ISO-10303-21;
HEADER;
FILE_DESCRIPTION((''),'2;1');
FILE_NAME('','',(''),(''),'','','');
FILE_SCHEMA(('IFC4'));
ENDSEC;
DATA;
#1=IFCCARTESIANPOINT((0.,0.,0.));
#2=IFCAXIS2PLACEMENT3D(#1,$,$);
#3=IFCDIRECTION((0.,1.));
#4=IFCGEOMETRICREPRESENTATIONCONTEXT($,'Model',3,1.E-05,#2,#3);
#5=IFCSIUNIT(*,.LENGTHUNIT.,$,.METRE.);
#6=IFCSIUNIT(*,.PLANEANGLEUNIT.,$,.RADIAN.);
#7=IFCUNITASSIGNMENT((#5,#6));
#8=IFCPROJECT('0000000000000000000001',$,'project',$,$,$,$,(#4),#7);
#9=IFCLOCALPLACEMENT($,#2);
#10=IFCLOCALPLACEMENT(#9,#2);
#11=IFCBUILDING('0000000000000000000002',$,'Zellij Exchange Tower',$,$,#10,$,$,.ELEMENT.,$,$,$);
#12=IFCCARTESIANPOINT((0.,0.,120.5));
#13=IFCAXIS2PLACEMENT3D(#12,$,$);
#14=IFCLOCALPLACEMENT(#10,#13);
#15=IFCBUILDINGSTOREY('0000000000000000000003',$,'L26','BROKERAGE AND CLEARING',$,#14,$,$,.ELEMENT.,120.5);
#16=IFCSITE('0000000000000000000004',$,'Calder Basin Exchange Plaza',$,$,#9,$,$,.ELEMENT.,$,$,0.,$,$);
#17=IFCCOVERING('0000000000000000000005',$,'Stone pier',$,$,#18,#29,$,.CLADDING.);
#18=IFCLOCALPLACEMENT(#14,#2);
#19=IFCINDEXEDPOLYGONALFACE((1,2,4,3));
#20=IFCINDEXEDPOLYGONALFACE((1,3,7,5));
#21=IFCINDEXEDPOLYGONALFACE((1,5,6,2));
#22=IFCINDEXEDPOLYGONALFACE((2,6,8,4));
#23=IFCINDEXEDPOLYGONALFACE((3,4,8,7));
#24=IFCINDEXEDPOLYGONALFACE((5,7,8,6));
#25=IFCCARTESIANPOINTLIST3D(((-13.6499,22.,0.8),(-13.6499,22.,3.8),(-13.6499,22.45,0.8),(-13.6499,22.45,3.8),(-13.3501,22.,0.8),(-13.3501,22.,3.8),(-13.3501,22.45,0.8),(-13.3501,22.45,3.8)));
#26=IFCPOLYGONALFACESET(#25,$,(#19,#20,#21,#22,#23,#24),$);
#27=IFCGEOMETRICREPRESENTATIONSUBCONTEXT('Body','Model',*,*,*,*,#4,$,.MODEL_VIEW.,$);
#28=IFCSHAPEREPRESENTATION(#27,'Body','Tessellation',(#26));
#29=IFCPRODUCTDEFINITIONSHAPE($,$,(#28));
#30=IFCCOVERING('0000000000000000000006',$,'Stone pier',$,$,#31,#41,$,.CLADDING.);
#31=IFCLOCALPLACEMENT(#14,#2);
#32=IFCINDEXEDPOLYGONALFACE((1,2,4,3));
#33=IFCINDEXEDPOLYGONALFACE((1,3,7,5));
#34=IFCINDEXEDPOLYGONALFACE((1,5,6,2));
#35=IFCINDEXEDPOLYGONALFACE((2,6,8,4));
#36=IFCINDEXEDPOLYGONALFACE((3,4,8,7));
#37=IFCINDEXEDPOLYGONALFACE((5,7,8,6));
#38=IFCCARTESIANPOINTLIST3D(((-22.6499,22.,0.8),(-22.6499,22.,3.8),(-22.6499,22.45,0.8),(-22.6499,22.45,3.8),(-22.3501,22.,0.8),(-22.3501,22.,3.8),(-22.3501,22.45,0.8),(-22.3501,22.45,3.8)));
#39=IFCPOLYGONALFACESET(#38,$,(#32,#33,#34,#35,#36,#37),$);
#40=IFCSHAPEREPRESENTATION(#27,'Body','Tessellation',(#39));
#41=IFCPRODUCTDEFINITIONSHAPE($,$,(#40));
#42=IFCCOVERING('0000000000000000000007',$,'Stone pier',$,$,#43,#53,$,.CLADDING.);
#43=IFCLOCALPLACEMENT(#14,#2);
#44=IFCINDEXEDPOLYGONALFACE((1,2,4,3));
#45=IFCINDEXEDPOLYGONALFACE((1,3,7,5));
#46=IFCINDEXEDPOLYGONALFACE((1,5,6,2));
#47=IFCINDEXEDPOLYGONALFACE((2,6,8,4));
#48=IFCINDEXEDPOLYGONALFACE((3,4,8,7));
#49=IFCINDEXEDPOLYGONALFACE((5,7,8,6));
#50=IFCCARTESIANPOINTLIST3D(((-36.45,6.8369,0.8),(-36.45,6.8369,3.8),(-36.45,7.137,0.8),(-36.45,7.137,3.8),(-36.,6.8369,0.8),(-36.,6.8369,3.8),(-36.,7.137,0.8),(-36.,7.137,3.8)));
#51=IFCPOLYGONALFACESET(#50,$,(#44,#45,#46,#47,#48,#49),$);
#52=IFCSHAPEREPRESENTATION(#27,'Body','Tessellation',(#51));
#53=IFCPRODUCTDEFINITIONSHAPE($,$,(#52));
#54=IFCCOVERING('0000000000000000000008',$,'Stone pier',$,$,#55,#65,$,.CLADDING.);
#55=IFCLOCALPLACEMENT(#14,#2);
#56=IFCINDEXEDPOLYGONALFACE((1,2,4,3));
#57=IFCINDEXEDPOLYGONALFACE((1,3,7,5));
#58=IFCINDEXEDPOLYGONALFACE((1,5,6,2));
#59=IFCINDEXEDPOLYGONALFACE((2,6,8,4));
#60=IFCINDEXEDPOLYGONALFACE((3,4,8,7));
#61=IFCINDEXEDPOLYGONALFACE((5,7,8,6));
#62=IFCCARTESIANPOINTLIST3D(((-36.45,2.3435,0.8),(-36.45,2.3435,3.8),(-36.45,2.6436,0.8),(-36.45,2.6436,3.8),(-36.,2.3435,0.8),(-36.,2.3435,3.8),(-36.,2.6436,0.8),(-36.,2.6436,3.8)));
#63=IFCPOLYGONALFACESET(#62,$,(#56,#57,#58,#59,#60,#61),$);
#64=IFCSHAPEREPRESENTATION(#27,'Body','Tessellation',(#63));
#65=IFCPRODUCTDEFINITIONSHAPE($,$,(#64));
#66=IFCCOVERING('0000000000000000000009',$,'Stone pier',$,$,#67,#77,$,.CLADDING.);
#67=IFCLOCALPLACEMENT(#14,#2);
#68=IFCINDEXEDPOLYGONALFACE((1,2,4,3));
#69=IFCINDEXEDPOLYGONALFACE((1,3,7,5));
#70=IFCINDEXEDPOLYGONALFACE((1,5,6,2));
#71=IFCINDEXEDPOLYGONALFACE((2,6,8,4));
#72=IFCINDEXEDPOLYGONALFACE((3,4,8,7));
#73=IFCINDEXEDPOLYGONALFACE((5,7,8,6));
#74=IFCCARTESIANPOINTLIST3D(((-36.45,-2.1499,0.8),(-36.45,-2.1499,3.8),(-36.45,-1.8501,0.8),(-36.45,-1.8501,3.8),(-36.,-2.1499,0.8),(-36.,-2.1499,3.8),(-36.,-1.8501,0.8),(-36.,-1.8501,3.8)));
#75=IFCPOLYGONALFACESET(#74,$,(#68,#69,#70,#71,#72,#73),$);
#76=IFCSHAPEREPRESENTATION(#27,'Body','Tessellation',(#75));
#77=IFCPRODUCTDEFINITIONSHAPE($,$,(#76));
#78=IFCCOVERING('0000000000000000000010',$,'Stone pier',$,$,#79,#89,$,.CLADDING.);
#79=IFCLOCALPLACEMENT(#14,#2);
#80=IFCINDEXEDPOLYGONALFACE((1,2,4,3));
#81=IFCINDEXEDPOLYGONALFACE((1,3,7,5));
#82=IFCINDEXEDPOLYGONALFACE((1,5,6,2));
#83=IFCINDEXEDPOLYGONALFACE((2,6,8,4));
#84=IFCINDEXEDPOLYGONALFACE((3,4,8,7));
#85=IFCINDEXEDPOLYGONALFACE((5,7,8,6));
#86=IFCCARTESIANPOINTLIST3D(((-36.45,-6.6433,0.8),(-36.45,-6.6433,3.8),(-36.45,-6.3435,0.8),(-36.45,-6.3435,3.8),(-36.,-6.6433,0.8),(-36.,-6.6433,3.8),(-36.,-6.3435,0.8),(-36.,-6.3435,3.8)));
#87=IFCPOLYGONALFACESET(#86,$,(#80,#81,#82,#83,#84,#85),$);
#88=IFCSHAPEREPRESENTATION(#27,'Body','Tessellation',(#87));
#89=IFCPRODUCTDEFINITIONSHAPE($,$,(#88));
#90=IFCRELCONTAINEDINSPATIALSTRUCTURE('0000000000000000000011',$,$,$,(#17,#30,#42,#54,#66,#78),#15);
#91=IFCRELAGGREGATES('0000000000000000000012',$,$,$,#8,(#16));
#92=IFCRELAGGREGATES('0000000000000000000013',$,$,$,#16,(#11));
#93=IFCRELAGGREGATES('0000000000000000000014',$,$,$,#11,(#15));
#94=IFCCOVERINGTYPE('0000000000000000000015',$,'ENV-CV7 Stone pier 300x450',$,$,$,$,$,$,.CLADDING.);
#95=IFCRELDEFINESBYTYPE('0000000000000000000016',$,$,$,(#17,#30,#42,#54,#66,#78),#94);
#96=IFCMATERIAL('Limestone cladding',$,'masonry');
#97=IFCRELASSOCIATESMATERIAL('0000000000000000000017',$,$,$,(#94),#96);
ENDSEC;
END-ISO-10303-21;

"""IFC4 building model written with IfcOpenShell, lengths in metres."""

from ifc_helpers import new_model, si_unit, direction, frame, origin, place, context, subcontext, project, spatial, polyline, outline, extrude, material, type_object, element, save


model = new_model("IFC4")

# Units and contexts
model_context = context("Model", 3, precision=1e-05, world=origin(), true_north=direction((0.0, 1.0)))
body_context = subcontext(model_context, "Body", "Model", "MODEL_VIEW")
ifc_project = project(units=[si_unit("LENGTHUNIT", "METRE"), si_unit("PLANEANGLEUNIT", "RADIAN")], contexts=[model_context])

# Site, building, storey
site_placement = place(None, origin())
site = spatial("IfcSite", under=ifc_project, at=site_placement, Name="Calder Basin Exchange Plaza", CompositionType="ELEMENT", RefElevation=0.0)
building_placement = place(site_placement, origin())
building = spatial("IfcBuilding", under=site, at=building_placement, Name="Zellij Exchange Tower", CompositionType="ELEMENT")
storey_placement = place(building_placement, frame((0.0, 0.0, 120.5)))
storey = spatial("IfcBuildingStorey", under=building, at=storey_placement, Name="L26", Description="BROKERAGE AND CLEARING", CompositionType="ELEMENT", Elevation=120.5)

# Coverings
ifc_material = material(Name="Limestone cladding", Category="masonry")
covering_type_1 = type_object("IfcCoveringType", Name="ENV-CV7 Stone pier 300x450", PredefinedType="CLADDING", material=ifc_material)
covering_1_placement = place(storey_placement, frame((0.0, 0.0, 0.8)))
element("IfcCovering", 1, at=covering_1_placement, inside=storey, type_object=covering_type_1, Name="Stone pier", PredefinedType="CLADDING", context=body_context, shape_type="SweptSolid", body=[
    extrude(outline(polyline([(-13.3501, 22.0), (-13.6499, 22.0), (-13.6499, 22.45), (-13.3501, 22.45), (-13.3501, 22.0)])), origin(), (0.0, 0.0, 1.0), 3.0),
])
covering_2_placement = place(storey_placement, frame((0.0, 0.0, 0.8)))
element("IfcCovering", 2, at=covering_2_placement, inside=storey, type_object=covering_type_1, Name="Stone pier", PredefinedType="CLADDING", context=body_context, shape_type="SweptSolid", body=[
    extrude(outline(polyline([(-22.3501, 22.0), (-22.6499, 22.0), (-22.6499, 22.45), (-22.3501, 22.45), (-22.3501, 22.0)])), origin(), (0.0, 0.0, 1.0), 3.0),
])
covering_3_placement = place(storey_placement, frame((0.0, 0.0, 0.8)))
element("IfcCovering", 3, at=covering_3_placement, inside=storey, type_object=covering_type_1, Name="Stone pier", PredefinedType="CLADDING", context=body_context, shape_type="SweptSolid", body=[
    extrude(outline(polyline([(-36.0, 7.137), (-36.0, 6.8369), (-36.45, 6.8369), (-36.45, 7.137), (-36.0, 7.137)])), origin(), (0.0, 0.0, 1.0), 3.0),
])
covering_4_placement = place(storey_placement, frame((0.0, 0.0, 0.8)))
element("IfcCovering", 4, at=covering_4_placement, inside=storey, type_object=covering_type_1, Name="Stone pier", PredefinedType="CLADDING", context=body_context, shape_type="SweptSolid", body=[
    extrude(outline(polyline([(-36.0, 2.6436), (-36.0, 2.3435), (-36.45, 2.3435), (-36.45, 2.6436), (-36.0, 2.6436)])), origin(), (0.0, 0.0, 1.0), 3.0),
])
covering_5_placement = place(storey_placement, frame((0.0, 0.0, 0.8)))
element("IfcCovering", 5, at=covering_5_placement, inside=storey, type_object=covering_type_1, Name="Stone pier", PredefinedType="CLADDING", context=body_context, shape_type="SweptSolid", body=[
    extrude(outline(polyline([(-36.0, -1.8501), (-36.0, -2.1499), (-36.45, -2.1499), (-36.45, -1.8501), (-36.0, -1.8501)])), origin(), (0.0, 0.0, 1.0), 3.0),
])
covering_6_placement = place(storey_placement, frame((0.0, 0.0, 0.8)))
element("IfcCovering", 6, at=covering_6_placement, inside=storey, type_object=covering_type_1, Name="Stone pier", PredefinedType="CLADDING", context=body_context, shape_type="SweptSolid", body=[
    extrude(outline(polyline([(-36.0, -6.3435), (-36.0, -6.6433), (-36.45, -6.6433), (-36.45, -6.3435), (-36.0, -6.3435)])), origin(), (0.0, 0.0, 1.0), 3.0),
])

save(model, "model.ifc")
